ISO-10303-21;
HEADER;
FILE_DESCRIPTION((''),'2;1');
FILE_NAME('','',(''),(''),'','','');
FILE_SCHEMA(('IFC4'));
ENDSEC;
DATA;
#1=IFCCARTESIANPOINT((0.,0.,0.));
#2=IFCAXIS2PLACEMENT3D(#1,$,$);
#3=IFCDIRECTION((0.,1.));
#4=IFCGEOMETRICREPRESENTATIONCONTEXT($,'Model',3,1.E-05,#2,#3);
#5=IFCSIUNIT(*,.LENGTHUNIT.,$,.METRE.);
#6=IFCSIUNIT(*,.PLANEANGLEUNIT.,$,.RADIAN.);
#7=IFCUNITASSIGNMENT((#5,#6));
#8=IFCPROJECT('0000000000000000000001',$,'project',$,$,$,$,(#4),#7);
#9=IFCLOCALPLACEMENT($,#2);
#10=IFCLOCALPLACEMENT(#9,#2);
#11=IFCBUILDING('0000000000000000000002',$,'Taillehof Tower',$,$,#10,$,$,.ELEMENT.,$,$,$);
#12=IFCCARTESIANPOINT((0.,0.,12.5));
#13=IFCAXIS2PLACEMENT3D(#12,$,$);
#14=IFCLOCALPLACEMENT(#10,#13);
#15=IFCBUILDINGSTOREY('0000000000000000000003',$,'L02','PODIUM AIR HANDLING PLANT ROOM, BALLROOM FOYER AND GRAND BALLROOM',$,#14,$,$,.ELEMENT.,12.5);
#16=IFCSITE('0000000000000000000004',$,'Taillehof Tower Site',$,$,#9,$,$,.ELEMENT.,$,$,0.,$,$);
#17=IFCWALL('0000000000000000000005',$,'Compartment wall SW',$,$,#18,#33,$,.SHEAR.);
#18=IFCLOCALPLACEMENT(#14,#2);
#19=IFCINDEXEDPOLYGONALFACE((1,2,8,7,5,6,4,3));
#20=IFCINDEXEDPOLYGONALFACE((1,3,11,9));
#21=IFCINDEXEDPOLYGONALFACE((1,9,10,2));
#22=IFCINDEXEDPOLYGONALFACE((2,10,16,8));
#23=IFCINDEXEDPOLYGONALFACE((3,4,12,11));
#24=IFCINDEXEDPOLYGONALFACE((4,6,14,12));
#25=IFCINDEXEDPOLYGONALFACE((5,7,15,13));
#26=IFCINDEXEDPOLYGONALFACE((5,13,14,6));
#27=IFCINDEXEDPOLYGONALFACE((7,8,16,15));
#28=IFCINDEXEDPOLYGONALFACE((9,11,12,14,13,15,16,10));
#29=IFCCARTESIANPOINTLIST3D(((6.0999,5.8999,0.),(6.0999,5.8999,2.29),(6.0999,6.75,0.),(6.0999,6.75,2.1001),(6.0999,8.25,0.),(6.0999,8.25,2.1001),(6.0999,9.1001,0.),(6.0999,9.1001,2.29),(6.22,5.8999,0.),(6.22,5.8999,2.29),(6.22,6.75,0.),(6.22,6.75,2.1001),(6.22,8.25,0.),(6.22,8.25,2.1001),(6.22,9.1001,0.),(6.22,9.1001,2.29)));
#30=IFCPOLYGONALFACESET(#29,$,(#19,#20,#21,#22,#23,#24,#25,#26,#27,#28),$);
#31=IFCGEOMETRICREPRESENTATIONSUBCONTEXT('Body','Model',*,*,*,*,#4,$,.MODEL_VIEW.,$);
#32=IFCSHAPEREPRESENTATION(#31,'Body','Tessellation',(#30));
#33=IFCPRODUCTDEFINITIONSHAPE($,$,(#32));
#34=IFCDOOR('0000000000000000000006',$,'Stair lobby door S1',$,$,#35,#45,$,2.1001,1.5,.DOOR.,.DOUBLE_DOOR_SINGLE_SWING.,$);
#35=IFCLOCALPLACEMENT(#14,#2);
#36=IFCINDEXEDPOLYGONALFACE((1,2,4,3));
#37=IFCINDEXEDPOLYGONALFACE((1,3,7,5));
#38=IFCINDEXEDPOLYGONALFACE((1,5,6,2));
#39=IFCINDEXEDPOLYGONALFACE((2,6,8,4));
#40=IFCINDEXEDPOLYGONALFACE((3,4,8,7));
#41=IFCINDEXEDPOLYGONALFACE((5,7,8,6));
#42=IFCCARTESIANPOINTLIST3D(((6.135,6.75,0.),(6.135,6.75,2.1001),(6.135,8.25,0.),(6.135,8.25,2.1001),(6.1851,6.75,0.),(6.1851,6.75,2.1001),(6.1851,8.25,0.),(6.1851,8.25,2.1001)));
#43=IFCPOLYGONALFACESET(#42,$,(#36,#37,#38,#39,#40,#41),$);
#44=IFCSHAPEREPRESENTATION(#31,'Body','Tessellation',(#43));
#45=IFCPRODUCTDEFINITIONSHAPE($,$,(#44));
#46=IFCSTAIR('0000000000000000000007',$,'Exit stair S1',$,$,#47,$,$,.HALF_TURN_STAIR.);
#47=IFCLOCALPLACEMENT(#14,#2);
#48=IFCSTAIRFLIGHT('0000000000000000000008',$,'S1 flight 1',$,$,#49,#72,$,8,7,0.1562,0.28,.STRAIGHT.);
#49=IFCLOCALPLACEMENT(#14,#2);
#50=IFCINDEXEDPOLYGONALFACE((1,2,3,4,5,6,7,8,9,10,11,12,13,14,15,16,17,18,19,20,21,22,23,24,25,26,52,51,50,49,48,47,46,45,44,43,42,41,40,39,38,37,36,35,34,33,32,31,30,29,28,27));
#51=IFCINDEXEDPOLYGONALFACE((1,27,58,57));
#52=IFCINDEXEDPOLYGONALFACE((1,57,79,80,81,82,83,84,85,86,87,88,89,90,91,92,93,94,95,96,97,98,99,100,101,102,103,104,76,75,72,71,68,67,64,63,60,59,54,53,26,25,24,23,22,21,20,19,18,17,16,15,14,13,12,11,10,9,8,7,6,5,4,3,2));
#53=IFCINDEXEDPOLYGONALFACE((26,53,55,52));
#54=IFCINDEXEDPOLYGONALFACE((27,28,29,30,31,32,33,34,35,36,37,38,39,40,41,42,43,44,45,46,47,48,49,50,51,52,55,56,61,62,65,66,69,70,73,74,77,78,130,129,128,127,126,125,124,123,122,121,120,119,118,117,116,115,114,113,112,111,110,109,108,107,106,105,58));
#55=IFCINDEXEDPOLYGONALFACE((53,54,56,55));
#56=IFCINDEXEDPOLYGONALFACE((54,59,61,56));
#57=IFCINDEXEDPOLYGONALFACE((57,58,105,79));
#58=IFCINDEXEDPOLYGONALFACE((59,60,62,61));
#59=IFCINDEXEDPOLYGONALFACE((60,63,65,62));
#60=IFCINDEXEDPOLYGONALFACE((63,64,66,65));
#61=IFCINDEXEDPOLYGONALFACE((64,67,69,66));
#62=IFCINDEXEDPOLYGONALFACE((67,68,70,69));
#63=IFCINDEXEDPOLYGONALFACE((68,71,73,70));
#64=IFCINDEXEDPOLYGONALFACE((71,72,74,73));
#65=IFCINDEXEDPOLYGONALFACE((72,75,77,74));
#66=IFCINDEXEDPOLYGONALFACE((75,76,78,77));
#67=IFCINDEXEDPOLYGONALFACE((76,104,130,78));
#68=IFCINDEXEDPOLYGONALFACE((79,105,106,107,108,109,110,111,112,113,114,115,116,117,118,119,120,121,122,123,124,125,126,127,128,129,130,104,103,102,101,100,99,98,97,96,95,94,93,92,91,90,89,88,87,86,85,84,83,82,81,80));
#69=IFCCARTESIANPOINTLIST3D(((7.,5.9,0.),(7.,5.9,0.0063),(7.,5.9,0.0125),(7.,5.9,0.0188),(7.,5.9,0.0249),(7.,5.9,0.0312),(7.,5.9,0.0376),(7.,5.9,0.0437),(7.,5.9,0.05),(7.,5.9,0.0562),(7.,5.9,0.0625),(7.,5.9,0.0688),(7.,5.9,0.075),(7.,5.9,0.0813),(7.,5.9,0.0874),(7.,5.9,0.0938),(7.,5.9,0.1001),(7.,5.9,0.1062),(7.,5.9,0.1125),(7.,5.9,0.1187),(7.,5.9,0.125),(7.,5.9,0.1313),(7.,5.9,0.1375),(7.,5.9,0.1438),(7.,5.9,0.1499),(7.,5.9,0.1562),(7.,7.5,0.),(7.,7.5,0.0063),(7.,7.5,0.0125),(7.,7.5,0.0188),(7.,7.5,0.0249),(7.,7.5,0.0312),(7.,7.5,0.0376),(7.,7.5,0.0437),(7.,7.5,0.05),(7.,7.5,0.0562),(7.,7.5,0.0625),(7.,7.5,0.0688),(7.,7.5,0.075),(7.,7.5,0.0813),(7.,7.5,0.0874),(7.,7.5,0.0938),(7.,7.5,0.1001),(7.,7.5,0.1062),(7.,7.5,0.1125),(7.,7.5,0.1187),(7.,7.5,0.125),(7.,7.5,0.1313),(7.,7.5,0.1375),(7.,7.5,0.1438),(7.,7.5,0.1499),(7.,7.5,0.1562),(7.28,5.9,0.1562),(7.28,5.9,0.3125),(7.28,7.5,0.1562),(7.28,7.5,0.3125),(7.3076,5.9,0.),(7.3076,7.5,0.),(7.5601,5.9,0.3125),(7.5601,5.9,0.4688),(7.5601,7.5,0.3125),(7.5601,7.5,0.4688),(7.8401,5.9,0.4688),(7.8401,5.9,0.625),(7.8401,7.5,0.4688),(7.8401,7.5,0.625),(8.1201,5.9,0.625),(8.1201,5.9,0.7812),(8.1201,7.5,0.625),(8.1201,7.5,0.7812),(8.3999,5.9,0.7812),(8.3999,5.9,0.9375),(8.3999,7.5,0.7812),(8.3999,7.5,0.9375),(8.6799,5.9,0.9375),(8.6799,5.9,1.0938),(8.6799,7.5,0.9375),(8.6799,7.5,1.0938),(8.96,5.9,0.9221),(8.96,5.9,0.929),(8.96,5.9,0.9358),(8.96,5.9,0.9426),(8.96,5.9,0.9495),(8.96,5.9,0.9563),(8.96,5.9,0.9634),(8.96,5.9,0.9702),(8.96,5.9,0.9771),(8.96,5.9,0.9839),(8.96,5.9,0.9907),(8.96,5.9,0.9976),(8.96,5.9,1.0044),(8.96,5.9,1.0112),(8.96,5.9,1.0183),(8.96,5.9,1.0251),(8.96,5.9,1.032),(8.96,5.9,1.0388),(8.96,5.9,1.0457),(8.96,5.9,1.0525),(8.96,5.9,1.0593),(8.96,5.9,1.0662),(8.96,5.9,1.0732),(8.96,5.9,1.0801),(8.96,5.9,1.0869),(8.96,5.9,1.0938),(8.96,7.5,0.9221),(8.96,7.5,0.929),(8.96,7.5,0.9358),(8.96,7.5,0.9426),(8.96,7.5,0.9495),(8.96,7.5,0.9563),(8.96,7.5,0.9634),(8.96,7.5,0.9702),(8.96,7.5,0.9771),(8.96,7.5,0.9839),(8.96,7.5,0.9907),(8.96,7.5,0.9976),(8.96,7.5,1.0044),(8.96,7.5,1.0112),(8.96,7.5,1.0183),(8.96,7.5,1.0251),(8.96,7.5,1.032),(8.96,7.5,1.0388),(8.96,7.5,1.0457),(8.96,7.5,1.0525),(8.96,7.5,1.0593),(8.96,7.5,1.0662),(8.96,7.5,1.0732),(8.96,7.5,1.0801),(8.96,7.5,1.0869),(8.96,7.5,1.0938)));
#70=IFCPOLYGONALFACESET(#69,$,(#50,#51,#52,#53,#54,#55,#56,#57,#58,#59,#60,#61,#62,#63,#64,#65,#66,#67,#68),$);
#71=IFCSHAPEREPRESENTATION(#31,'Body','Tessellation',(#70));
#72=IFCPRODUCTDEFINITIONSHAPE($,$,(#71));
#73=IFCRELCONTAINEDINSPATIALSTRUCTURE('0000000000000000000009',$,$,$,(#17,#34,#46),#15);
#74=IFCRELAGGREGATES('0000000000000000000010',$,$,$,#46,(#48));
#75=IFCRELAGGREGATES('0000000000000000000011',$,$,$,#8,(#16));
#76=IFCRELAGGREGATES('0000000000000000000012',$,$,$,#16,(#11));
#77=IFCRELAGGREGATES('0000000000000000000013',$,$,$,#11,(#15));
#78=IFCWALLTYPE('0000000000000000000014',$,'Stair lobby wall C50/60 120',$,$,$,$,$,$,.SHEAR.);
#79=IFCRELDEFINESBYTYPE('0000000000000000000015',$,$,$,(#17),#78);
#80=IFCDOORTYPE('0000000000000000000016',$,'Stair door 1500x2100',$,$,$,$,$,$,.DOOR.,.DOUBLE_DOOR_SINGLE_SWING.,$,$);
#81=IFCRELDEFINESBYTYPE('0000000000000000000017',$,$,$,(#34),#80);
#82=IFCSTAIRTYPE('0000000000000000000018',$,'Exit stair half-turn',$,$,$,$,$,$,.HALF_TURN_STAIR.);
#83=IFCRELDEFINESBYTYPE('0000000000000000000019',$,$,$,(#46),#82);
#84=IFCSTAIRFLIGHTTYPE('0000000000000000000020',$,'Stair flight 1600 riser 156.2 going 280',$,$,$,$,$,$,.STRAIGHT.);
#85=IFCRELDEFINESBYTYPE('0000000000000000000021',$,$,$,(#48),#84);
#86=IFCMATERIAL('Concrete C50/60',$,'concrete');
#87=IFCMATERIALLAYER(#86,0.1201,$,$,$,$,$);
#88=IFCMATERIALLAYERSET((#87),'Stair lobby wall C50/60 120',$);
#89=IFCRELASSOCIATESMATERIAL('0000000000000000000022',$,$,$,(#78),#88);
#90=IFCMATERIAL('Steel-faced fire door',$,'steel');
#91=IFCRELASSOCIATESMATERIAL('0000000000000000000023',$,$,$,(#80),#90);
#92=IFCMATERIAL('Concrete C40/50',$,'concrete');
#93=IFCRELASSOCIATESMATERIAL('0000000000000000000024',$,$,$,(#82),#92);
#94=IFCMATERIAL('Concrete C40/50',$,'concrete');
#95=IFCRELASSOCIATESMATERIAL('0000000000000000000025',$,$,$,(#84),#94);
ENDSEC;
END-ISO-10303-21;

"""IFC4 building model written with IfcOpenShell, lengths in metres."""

from ifc_helpers import new_model, si_unit, direction, frame, frame_2d, origin, place, context, subcontext, project, spatial, polyline, rectangle, outline, extrude, material, layer, layer_set, type_object, element, fill, aggregate, save


model = new_model("IFC4")

# Units and contexts
model_context = context("Model", 3, precision=1e-05, world=origin(), true_north=direction((0.0, 1.0)))
body_context = subcontext(model_context, "Body", "Model", "MODEL_VIEW")
ifc_project = project(units=[si_unit("LENGTHUNIT", "METRE"), si_unit("PLANEANGLEUNIT", "RADIAN")], contexts=[model_context])

# Site, building, storey
site_placement = place(None, origin())
site = spatial("IfcSite", under=ifc_project, at=site_placement, Name="Taillehof Tower Site", CompositionType="ELEMENT", RefElevation=0.0)
building_placement = place(site_placement, origin())
building = spatial("IfcBuilding", under=site, at=building_placement, Name="Taillehof Tower", CompositionType="ELEMENT")
storey_placement = place(building_placement, frame((0.0, 0.0, 12.5)))
storey = spatial("IfcBuildingStorey", under=building, at=storey_placement, Name="L02", Description="PODIUM AIR HANDLING PLANT ROOM, BALLROOM FOYER AND GRAND BALLROOM", CompositionType="ELEMENT", Elevation=12.5)

# Wall, opening, door
ifc_material_1 = material(Name="Concrete C50/60", Category="concrete")
ifc_layer_1 = layer(ifc_material_1, 0.1201)
ifc_layer_set_1 = layer_set([ifc_layer_1], Name="Stair lobby wall C50/60 120")
wall_type_1 = type_object("IfcWallType", Name="Stair lobby wall C50/60 120", PredefinedType="SHEAR", material=ifc_layer_set_1)
wall_1_placement = place(storey_placement, frame((6.1599, 5.8999, 0.0), z_axis=(0.0, 0.0, 1.0), x_axis=(0.0, 1.0, 0.0)))
wall_1 = element("IfcWall", 1, at=wall_1_placement, inside=storey, type_object=wall_type_1, Name="Compartment wall SW", PredefinedType="SHEAR", context=body_context, shape_type="SweptSolid", body=[
    extrude(rectangle(XDim=3.2002, YDim=0.1201, at=frame_2d((1.6001, 0.0))), origin(), (0.0, 0.0, 1.0), 2.29),
])
opening_1_placement = place(wall_1_placement, frame((0.8501, 0.0, 0.0)))
opening_1 = element("IfcOpeningElement", 2, at=opening_1_placement, cuts=wall_1, PredefinedType="OPENING", context=body_context, shape_type="SweptSolid", body=[
    extrude(rectangle(XDim=1.5, YDim=2.1001, at=frame_2d((0.75, 1.05))), frame((0.0, 0.0701, 0.0), z_axis=(0.0, -1.0, 0.0), x_axis=(1.0, 0.0, 0.0)), (0.0, 0.0, 1.0), 0.1401),
])
ifc_material_2 = material(Name="Steel-faced fire door", Category="steel")
door_type_1 = type_object("IfcDoorType", Name="Stair door 1500x2100", OperationType="DOUBLE_DOOR_SINGLE_SWING", PredefinedType="DOOR", material=ifc_material_2)
door_1_placement = place(opening_1_placement, origin())
door_1 = element("IfcDoor", 3, at=door_1_placement, inside=storey, type_object=door_type_1, Name="Stair lobby door S1", OperationType="DOUBLE_DOOR_SINGLE_SWING", OverallHeight=2.1001, OverallWidth=1.5, PredefinedType="DOOR", context=body_context, shape_type="SweptSolid", body=[
    extrude(rectangle(XDim=1.5, YDim=2.1001, at=frame_2d((0.75, 1.05))), frame((0.0, 0.0249, 0.0), z_axis=(0.0, -1.0, 0.0), x_axis=(1.0, 0.0, 0.0)), (0.0, 0.0, 1.0), 0.05),
])
fill(opening_1, door_1)

# Stair, stair flight
ifc_material_3 = material(Name="Concrete C40/50", Category="concrete")
stair_type_1 = type_object("IfcStairType", Name="Exit stair half-turn", PredefinedType="HALF_TURN_STAIR", material=ifc_material_3)
stair_1_placement = place(storey_placement, origin())
stair_1 = element("IfcStair", 4, at=stair_1_placement, inside=storey, type_object=stair_type_1, Name="Exit stair S1", PredefinedType="HALF_TURN_STAIR")
ifc_material_4 = material(Name="Concrete C40/50", Category="concrete")
stair_flight_type = type_object("IfcStairFlightType", Name="Stair flight 1600 riser 156.2 going 280", PredefinedType="STRAIGHT", material=ifc_material_4)
stair_flight_placement = place(storey_placement, frame((7.0, 6.7, 0.0), z_axis=(0.0, 0.0, 1.0), x_axis=(1.0, 0.0, 0.0)))
stair_flight = element("IfcStairFlight", 5, at=stair_flight_placement, type_object=stair_flight_type, Name="S1 flight 1", NumberOfRisers=8, NumberOfTreads=7, PredefinedType="STRAIGHT", RiserHeight=0.1562, TreadLength=0.28, context=body_context, shape_type="SweptSolid", body=[
    extrude(outline(polyline([(0.0, 0.0), (0.0, 0.0063), (0.0, 0.0125), (0.0, 0.0188), (0.0, 0.0249), (0.0, 0.0312), (0.0, 0.0376), (0.0, 0.0437), (0.0, 0.05), (0.0, 0.0562), (0.0, 0.0625), (0.0, 0.0688), (0.0, 0.075), (0.0, 0.0813), (0.0, 0.0874), (0.0, 0.0938), (0.0, 0.1001), (0.0, 0.1062), (0.0, 0.1125), (0.0, 0.1187), (0.0, 0.125), (0.0, 0.1313), (0.0, 0.1375), (0.0, 0.1438), (0.0, 0.1499), (0.0, 0.1562), (0.28, 0.1562), (0.28, 0.3125), (0.5601, 0.3125), (0.5601, 0.4688), (0.8401, 0.4688), (0.8401, 0.625), (1.1201, 0.625), (1.1201, 0.7812), (1.3999, 0.7812), (1.3999, 0.9375), (1.6799, 0.9375), (1.6799, 1.0938), (1.96, 1.0938), (1.96, 1.0869), (1.96, 1.0801), (1.96, 1.0732), (1.96, 1.0662), (1.96, 1.0593), (1.96, 1.0525), (1.96, 1.0457), (1.96, 1.0388), (1.96, 1.032), (1.96, 1.0251), (1.96, 1.0183), (1.96, 1.0112), (1.96, 1.0044), (1.96, 0.9976), (1.96, 0.9907), (1.96, 0.9839), (1.96, 0.9771), (1.96, 0.9702), (1.96, 0.9634), (1.96, 0.9563), (1.96, 0.9495), (1.96, 0.9426), (1.96, 0.9358), (1.96, 0.929), (1.96, 0.9221), (0.3076, 0.0), (0.0, 0.0)])), frame((0.0, 0.8, 0.0), z_axis=(0.0, -1.0, 0.0), x_axis=(1.0, 0.0, 0.0)), (0.0, 0.0, 1.0), 1.6),
])
aggregate(stair_1, [stair_flight])

save(model, "model.ifc")
